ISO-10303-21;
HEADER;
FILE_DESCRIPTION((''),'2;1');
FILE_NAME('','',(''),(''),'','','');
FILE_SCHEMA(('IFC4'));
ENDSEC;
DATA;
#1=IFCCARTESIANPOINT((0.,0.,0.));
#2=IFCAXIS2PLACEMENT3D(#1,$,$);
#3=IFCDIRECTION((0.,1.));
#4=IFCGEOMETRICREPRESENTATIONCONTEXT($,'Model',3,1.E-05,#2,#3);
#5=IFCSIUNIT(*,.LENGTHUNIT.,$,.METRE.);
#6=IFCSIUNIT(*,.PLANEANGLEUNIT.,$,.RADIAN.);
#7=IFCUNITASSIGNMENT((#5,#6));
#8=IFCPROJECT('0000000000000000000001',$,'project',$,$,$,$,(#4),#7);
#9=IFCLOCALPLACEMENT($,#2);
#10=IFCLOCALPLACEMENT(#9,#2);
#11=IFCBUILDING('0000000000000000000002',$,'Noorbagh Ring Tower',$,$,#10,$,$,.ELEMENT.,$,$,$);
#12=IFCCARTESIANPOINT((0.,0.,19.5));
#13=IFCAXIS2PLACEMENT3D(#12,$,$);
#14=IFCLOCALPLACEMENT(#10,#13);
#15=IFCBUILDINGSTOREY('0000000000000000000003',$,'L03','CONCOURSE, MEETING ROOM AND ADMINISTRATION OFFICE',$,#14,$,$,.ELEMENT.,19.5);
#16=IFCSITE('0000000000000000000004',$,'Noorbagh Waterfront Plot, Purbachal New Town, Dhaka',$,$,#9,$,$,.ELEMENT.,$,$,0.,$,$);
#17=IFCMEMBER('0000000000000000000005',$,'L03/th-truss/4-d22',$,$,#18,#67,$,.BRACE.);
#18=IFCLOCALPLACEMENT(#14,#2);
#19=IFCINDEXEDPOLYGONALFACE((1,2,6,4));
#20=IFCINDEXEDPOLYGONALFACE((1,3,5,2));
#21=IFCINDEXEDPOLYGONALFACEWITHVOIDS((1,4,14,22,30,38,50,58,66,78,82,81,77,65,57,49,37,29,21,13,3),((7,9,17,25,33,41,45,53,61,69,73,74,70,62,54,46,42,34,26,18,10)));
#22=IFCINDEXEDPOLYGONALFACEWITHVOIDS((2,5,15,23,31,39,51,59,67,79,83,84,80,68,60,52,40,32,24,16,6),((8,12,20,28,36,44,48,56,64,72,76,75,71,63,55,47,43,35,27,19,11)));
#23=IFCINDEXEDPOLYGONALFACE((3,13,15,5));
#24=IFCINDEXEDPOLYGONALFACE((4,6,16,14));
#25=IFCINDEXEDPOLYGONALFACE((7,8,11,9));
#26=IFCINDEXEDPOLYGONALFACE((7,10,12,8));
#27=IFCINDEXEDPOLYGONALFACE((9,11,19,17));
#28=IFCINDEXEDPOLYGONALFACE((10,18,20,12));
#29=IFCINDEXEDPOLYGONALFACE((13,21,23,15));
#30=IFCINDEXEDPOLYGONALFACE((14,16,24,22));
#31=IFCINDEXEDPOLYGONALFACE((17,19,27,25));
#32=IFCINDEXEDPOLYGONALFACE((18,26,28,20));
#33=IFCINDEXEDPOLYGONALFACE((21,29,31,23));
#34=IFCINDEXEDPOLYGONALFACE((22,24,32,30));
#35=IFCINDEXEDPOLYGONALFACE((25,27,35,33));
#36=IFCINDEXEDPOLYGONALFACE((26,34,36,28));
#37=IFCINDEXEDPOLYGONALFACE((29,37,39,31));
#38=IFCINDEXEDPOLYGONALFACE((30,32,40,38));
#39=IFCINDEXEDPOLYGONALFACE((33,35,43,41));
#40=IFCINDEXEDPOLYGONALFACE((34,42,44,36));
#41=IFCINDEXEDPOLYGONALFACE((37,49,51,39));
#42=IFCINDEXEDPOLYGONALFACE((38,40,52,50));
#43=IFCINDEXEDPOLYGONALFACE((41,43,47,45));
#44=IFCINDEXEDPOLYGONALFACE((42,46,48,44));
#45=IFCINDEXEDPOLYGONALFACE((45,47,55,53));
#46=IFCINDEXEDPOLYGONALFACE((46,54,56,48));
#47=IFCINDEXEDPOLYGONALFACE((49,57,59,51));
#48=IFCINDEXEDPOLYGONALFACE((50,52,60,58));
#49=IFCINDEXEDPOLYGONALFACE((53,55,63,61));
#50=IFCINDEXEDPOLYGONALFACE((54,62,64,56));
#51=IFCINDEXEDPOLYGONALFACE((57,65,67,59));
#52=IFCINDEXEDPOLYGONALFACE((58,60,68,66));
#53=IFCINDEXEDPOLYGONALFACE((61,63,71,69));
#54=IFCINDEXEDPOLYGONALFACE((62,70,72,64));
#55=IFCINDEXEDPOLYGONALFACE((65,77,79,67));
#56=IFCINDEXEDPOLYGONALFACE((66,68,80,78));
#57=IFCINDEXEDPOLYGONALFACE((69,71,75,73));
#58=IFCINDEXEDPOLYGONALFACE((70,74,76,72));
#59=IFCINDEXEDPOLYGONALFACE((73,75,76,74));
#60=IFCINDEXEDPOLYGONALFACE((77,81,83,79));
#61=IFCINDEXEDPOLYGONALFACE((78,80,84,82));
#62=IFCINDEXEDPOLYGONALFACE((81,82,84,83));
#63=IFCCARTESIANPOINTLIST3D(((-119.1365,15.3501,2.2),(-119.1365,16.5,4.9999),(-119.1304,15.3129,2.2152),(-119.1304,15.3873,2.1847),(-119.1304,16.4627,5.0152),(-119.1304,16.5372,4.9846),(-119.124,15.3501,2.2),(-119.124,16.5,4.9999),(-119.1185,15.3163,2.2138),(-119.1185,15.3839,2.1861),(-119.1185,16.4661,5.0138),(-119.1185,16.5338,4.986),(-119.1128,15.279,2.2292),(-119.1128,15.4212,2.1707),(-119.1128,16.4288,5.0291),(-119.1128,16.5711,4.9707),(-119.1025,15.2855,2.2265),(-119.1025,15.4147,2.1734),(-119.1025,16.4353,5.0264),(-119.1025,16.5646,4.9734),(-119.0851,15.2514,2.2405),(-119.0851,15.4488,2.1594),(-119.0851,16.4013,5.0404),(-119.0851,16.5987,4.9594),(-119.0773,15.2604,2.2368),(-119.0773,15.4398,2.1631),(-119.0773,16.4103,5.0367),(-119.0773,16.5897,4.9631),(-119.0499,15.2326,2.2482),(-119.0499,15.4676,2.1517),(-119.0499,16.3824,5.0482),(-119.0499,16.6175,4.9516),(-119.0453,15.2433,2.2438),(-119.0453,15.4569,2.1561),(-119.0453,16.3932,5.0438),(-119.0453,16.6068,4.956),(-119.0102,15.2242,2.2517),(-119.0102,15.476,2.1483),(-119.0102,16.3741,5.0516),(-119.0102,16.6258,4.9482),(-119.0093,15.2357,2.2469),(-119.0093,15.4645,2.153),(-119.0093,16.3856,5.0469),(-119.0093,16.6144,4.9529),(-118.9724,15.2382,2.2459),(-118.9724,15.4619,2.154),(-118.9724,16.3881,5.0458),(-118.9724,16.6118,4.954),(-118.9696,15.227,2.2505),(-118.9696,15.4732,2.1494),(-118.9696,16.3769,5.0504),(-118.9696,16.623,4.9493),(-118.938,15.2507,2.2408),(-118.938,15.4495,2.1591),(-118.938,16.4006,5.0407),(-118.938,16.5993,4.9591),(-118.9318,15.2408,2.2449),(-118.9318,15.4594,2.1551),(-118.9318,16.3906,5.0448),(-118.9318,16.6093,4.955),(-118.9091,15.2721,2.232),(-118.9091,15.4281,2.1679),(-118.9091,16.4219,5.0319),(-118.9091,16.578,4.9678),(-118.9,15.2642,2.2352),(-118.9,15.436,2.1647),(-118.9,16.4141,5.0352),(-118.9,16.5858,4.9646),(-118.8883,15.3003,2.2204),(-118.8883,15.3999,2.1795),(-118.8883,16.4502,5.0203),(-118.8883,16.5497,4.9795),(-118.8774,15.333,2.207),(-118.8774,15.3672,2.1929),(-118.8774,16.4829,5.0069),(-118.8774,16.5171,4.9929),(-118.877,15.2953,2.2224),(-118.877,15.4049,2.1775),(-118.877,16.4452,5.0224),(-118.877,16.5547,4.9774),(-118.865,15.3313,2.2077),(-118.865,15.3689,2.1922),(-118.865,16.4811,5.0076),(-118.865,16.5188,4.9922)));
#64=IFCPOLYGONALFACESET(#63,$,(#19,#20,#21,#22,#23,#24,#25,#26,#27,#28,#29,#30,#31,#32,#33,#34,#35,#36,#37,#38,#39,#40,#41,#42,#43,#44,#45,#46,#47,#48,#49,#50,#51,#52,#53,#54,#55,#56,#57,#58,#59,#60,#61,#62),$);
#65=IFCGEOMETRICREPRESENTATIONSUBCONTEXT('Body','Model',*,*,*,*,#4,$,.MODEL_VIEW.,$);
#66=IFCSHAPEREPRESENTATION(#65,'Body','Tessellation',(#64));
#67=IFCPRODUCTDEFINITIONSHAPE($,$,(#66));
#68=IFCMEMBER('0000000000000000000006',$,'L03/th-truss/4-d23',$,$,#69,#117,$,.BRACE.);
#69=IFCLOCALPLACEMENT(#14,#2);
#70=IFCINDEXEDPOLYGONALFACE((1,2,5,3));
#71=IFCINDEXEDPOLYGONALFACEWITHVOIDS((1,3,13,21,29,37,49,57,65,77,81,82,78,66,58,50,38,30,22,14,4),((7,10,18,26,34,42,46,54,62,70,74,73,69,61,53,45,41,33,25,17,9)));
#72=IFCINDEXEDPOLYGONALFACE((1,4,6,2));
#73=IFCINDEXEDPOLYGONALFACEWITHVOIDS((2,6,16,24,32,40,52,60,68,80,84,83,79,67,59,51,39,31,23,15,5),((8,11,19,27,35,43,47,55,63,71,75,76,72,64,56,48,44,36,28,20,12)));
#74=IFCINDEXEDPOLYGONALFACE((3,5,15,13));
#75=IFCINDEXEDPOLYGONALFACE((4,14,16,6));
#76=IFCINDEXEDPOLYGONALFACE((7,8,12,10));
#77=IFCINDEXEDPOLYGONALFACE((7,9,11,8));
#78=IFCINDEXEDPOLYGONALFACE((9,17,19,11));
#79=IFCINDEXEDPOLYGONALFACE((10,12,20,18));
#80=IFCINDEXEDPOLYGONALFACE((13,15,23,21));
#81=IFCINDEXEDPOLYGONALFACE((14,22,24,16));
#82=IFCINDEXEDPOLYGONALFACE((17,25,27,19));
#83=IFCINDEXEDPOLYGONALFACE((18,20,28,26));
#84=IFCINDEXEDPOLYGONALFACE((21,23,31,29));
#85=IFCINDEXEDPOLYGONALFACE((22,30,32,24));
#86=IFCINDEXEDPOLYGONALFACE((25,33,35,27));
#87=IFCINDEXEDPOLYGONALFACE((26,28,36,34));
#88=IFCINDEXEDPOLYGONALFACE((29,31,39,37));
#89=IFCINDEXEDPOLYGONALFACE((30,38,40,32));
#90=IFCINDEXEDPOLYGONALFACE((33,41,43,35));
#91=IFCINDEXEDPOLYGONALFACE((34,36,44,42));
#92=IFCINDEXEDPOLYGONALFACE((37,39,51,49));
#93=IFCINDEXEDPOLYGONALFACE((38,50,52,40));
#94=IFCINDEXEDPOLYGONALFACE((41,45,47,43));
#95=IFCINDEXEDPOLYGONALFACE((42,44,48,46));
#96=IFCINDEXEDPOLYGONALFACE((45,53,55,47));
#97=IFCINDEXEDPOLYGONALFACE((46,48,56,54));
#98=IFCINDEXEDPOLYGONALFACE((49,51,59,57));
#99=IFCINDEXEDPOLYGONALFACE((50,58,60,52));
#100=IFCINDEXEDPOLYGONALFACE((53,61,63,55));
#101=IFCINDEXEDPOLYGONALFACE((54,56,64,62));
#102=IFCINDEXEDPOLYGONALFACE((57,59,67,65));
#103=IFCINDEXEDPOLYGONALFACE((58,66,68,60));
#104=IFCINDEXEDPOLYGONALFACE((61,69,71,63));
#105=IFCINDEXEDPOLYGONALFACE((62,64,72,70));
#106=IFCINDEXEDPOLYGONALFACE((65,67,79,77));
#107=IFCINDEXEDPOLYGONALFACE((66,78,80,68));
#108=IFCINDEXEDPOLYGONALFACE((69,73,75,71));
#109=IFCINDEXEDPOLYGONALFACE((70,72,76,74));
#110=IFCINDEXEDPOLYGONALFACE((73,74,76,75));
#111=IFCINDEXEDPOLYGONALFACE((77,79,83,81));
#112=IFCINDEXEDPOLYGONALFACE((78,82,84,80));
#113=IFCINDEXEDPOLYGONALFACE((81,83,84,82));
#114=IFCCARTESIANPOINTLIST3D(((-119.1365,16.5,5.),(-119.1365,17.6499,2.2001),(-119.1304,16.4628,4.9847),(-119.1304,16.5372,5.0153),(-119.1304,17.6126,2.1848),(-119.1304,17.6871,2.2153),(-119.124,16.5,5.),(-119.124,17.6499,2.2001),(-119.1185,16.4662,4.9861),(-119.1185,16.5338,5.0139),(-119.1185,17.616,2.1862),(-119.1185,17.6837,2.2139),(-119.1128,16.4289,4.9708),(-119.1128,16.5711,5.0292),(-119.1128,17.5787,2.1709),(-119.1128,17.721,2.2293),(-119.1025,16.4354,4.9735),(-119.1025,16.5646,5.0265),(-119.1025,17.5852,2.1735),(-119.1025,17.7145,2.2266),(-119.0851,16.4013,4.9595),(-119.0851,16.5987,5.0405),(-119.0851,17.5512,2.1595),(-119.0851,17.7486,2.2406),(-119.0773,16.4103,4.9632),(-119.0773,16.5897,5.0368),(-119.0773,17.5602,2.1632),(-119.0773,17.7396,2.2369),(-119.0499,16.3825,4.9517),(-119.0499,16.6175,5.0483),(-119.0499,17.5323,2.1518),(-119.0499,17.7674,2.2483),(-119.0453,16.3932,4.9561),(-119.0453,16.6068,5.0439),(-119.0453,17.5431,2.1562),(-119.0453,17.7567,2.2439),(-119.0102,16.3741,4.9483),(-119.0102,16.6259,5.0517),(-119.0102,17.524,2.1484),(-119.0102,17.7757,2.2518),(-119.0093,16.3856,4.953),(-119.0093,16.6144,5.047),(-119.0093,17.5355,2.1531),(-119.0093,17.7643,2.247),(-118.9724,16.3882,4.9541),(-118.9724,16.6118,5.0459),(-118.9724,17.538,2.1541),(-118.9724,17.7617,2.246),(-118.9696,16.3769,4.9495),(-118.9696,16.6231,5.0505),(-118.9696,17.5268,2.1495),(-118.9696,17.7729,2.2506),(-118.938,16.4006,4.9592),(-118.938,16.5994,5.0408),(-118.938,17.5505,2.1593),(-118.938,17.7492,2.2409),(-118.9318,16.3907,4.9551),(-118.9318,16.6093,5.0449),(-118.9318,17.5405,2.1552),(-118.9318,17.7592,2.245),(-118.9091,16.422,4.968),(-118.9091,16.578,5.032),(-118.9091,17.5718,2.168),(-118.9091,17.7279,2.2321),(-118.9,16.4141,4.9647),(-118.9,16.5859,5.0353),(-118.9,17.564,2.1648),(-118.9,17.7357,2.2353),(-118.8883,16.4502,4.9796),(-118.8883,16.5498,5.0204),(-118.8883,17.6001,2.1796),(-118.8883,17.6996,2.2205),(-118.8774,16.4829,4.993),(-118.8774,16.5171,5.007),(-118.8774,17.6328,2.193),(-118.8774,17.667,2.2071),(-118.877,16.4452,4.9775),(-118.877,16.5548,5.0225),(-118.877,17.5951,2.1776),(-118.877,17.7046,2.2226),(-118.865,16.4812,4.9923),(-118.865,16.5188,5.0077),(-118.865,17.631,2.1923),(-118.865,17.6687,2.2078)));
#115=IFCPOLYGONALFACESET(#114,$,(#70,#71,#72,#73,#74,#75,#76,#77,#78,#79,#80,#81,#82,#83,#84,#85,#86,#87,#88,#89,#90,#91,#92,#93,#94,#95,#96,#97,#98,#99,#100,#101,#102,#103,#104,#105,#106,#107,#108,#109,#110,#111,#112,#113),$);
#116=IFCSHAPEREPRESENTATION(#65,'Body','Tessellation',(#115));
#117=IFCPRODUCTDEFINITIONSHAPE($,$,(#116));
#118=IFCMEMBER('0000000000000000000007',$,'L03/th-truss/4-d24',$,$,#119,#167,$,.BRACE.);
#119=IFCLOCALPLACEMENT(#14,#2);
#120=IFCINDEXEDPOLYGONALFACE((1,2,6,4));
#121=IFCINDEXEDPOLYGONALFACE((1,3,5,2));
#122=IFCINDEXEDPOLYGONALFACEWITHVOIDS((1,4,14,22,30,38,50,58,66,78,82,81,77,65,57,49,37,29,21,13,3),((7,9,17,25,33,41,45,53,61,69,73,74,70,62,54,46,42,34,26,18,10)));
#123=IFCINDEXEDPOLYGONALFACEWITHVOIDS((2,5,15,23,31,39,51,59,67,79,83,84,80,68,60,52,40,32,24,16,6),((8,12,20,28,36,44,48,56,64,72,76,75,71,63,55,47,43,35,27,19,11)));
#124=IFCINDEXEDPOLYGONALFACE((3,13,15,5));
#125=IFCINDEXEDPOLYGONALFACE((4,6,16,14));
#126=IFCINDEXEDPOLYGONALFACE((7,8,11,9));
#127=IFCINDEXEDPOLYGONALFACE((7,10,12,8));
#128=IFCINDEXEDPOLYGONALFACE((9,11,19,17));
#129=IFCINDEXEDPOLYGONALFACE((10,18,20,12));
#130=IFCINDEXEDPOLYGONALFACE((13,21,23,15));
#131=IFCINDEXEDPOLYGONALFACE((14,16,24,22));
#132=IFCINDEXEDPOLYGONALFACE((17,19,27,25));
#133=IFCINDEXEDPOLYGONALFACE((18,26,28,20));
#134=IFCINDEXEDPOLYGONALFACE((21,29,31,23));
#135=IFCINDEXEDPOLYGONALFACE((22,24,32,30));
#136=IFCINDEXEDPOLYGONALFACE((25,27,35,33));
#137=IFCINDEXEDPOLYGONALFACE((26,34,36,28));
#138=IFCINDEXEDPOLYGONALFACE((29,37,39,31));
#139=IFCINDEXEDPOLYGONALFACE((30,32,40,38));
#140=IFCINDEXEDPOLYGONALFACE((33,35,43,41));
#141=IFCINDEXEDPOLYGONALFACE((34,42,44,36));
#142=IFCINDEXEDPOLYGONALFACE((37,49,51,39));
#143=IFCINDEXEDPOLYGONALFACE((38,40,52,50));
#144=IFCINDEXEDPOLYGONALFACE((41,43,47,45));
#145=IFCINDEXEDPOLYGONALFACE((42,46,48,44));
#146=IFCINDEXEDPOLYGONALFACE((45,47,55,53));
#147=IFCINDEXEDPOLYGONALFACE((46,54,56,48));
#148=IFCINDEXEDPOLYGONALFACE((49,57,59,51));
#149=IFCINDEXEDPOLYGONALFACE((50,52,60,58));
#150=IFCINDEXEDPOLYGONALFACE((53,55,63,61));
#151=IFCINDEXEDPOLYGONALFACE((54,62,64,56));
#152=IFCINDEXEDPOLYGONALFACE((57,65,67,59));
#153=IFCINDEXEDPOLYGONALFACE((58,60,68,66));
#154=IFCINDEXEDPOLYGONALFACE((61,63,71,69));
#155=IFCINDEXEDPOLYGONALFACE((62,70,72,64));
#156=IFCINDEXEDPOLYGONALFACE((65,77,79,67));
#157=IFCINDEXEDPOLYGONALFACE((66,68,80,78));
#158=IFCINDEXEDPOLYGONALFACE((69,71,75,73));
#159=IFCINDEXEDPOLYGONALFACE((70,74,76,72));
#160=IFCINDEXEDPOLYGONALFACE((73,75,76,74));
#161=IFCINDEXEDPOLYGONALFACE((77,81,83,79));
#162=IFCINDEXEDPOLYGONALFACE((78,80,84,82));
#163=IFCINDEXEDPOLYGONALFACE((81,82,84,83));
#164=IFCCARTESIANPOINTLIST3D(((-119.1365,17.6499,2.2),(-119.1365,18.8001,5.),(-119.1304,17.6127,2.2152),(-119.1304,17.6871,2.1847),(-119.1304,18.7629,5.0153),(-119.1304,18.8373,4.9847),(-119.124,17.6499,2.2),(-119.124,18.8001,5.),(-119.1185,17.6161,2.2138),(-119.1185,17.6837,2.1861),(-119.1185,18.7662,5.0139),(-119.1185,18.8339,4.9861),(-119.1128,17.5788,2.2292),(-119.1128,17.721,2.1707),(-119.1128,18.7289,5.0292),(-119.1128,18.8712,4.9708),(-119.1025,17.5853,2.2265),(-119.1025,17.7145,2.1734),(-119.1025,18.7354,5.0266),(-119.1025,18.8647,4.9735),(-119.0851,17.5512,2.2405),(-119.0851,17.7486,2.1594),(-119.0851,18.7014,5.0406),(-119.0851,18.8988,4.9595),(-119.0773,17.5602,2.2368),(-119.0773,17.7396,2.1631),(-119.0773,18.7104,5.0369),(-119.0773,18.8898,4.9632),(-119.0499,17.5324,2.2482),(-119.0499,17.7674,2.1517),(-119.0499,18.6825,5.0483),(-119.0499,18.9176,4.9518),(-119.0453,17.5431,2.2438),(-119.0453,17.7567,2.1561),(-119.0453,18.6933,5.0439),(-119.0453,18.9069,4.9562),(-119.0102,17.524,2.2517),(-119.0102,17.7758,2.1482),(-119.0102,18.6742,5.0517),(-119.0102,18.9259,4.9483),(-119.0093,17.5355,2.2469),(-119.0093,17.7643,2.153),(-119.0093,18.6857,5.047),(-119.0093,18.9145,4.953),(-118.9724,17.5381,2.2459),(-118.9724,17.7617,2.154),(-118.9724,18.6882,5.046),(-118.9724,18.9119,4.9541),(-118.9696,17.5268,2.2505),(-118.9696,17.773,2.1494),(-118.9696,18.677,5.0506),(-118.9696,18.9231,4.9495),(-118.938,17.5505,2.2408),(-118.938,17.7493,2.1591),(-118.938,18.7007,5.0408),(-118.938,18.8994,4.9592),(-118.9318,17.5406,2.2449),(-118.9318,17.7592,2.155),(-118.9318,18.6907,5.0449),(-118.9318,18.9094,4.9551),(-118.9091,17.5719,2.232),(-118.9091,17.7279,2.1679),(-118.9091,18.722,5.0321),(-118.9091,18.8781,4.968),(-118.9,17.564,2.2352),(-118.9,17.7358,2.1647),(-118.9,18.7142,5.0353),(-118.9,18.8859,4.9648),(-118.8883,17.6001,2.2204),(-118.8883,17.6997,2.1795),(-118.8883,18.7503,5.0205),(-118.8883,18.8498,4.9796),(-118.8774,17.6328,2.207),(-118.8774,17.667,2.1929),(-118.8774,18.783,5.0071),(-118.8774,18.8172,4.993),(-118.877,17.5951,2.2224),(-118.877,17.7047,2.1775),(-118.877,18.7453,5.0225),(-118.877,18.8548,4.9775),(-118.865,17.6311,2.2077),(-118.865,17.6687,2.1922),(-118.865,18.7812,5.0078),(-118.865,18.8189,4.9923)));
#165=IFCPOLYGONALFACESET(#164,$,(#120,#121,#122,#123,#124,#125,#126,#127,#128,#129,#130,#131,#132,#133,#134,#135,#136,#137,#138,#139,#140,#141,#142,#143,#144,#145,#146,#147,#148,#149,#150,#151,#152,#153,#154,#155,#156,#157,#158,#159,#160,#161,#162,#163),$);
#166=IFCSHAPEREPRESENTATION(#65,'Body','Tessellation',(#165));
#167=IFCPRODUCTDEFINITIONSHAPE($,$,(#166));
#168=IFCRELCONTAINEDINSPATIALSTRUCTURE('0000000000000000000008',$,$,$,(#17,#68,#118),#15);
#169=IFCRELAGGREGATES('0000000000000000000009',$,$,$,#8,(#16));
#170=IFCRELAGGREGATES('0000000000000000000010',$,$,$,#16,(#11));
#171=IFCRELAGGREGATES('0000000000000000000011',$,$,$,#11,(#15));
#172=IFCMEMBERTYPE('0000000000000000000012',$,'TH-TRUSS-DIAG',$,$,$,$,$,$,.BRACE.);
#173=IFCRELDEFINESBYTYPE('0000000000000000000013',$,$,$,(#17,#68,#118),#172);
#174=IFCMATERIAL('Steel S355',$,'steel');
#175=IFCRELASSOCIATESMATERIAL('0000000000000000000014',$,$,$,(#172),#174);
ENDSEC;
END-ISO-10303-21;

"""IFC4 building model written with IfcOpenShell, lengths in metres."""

from ifc_helpers import new_model, si_unit, direction, frame, origin, origin_2d, place, context, subcontext, project, spatial, hollow_circle, extrude, material, material_profile, profile_set, type_object, element, save


model = new_model("IFC4")

# Units and contexts
model_context = context("Model", 3, precision=1e-05, world=origin(), true_north=direction((0.0, 1.0)))
body_context = subcontext(model_context, "Body", "Model", "MODEL_VIEW")
ifc_project = project(units=[si_unit("LENGTHUNIT", "METRE"), si_unit("PLANEANGLEUNIT", "RADIAN")], contexts=[model_context])

# Site, building, storey
site_placement = place(None, origin())
site = spatial("IfcSite", under=ifc_project, at=site_placement, Name="Noorbagh Waterfront Plot, Purbachal New Town, Dhaka", CompositionType="ELEMENT", RefElevation=0.0)
building_placement = place(site_placement, origin())
building = spatial("IfcBuilding", under=site, at=building_placement, Name="Noorbagh Ring Tower", CompositionType="ELEMENT")
storey_placement = place(building_placement, frame((0.0, 0.0, 19.5)))
storey = spatial("IfcBuildingStorey", under=building, at=storey_placement, Name="L03", Description="CONCOURSE, MEETING ROOM AND ADMINISTRATION OFFICE", CompositionType="ELEMENT", Elevation=19.5)

# Members
ifc_material_1 = material(Name="Steel S355", Category="steel")
ifc_material_profile = material_profile(ifc_material_1, hollow_circle(Radius=0.1365, WallThickness=0.0125, at=origin_2d()), Name="CHS273x12.5")
ifc_profile_set = profile_set([ifc_material_profile], Name="Steel S355")
member_type = type_object("IfcMemberType", Name="TH-TRUSS-DIAG", PredefinedType="BRACE", material=ifc_profile_set)
for number, where, z_axis, x_axis, name in (
    (1, (-119.0, 15.3501, 2.2), (0.0, 0.379886, 0.925033), (-1.0, 0.0, 0.0), "L03/th-truss/4-d22"),
    (2, (-119.0, 16.5, 5.0), (0.0, 0.379886, -0.925033), (-1.0, 0.0, 0.0), "L03/th-truss/4-d23"),
):
    element("IfcMember", number, at=place(storey_placement, frame(where, z_axis=z_axis, x_axis=x_axis)), inside=storey, type_object=member_type, Name=name, PredefinedType="BRACE", context=body_context, shape_type="SweptSolid", body=[
        extrude(hollow_circle(Radius=0.1365, WallThickness=0.0125, at=origin_2d()), origin(), (0.0, 0.0, 1.0), 3.0269),
    ])
for number, where, z_axis, x_axis, name in (
    (3, (-119.0, 17.6499, 2.2), (0.0, 0.379955, 0.925005), (-1.0, 0.0, 0.0), "L03/th-truss/4-d24"),
):
    element("IfcMember", number, at=place(storey_placement, frame(where, z_axis=z_axis, x_axis=x_axis)), inside=storey, type_object=member_type, Name=name, PredefinedType="BRACE", context=body_context, shape_type="SweptSolid", body=[
        extrude(hollow_circle(Radius=0.1365, WallThickness=0.0125, at=origin_2d()), origin(), (0.0, 0.0, 1.0), 3.0271),
    ])

save(model, "model.ifc")
